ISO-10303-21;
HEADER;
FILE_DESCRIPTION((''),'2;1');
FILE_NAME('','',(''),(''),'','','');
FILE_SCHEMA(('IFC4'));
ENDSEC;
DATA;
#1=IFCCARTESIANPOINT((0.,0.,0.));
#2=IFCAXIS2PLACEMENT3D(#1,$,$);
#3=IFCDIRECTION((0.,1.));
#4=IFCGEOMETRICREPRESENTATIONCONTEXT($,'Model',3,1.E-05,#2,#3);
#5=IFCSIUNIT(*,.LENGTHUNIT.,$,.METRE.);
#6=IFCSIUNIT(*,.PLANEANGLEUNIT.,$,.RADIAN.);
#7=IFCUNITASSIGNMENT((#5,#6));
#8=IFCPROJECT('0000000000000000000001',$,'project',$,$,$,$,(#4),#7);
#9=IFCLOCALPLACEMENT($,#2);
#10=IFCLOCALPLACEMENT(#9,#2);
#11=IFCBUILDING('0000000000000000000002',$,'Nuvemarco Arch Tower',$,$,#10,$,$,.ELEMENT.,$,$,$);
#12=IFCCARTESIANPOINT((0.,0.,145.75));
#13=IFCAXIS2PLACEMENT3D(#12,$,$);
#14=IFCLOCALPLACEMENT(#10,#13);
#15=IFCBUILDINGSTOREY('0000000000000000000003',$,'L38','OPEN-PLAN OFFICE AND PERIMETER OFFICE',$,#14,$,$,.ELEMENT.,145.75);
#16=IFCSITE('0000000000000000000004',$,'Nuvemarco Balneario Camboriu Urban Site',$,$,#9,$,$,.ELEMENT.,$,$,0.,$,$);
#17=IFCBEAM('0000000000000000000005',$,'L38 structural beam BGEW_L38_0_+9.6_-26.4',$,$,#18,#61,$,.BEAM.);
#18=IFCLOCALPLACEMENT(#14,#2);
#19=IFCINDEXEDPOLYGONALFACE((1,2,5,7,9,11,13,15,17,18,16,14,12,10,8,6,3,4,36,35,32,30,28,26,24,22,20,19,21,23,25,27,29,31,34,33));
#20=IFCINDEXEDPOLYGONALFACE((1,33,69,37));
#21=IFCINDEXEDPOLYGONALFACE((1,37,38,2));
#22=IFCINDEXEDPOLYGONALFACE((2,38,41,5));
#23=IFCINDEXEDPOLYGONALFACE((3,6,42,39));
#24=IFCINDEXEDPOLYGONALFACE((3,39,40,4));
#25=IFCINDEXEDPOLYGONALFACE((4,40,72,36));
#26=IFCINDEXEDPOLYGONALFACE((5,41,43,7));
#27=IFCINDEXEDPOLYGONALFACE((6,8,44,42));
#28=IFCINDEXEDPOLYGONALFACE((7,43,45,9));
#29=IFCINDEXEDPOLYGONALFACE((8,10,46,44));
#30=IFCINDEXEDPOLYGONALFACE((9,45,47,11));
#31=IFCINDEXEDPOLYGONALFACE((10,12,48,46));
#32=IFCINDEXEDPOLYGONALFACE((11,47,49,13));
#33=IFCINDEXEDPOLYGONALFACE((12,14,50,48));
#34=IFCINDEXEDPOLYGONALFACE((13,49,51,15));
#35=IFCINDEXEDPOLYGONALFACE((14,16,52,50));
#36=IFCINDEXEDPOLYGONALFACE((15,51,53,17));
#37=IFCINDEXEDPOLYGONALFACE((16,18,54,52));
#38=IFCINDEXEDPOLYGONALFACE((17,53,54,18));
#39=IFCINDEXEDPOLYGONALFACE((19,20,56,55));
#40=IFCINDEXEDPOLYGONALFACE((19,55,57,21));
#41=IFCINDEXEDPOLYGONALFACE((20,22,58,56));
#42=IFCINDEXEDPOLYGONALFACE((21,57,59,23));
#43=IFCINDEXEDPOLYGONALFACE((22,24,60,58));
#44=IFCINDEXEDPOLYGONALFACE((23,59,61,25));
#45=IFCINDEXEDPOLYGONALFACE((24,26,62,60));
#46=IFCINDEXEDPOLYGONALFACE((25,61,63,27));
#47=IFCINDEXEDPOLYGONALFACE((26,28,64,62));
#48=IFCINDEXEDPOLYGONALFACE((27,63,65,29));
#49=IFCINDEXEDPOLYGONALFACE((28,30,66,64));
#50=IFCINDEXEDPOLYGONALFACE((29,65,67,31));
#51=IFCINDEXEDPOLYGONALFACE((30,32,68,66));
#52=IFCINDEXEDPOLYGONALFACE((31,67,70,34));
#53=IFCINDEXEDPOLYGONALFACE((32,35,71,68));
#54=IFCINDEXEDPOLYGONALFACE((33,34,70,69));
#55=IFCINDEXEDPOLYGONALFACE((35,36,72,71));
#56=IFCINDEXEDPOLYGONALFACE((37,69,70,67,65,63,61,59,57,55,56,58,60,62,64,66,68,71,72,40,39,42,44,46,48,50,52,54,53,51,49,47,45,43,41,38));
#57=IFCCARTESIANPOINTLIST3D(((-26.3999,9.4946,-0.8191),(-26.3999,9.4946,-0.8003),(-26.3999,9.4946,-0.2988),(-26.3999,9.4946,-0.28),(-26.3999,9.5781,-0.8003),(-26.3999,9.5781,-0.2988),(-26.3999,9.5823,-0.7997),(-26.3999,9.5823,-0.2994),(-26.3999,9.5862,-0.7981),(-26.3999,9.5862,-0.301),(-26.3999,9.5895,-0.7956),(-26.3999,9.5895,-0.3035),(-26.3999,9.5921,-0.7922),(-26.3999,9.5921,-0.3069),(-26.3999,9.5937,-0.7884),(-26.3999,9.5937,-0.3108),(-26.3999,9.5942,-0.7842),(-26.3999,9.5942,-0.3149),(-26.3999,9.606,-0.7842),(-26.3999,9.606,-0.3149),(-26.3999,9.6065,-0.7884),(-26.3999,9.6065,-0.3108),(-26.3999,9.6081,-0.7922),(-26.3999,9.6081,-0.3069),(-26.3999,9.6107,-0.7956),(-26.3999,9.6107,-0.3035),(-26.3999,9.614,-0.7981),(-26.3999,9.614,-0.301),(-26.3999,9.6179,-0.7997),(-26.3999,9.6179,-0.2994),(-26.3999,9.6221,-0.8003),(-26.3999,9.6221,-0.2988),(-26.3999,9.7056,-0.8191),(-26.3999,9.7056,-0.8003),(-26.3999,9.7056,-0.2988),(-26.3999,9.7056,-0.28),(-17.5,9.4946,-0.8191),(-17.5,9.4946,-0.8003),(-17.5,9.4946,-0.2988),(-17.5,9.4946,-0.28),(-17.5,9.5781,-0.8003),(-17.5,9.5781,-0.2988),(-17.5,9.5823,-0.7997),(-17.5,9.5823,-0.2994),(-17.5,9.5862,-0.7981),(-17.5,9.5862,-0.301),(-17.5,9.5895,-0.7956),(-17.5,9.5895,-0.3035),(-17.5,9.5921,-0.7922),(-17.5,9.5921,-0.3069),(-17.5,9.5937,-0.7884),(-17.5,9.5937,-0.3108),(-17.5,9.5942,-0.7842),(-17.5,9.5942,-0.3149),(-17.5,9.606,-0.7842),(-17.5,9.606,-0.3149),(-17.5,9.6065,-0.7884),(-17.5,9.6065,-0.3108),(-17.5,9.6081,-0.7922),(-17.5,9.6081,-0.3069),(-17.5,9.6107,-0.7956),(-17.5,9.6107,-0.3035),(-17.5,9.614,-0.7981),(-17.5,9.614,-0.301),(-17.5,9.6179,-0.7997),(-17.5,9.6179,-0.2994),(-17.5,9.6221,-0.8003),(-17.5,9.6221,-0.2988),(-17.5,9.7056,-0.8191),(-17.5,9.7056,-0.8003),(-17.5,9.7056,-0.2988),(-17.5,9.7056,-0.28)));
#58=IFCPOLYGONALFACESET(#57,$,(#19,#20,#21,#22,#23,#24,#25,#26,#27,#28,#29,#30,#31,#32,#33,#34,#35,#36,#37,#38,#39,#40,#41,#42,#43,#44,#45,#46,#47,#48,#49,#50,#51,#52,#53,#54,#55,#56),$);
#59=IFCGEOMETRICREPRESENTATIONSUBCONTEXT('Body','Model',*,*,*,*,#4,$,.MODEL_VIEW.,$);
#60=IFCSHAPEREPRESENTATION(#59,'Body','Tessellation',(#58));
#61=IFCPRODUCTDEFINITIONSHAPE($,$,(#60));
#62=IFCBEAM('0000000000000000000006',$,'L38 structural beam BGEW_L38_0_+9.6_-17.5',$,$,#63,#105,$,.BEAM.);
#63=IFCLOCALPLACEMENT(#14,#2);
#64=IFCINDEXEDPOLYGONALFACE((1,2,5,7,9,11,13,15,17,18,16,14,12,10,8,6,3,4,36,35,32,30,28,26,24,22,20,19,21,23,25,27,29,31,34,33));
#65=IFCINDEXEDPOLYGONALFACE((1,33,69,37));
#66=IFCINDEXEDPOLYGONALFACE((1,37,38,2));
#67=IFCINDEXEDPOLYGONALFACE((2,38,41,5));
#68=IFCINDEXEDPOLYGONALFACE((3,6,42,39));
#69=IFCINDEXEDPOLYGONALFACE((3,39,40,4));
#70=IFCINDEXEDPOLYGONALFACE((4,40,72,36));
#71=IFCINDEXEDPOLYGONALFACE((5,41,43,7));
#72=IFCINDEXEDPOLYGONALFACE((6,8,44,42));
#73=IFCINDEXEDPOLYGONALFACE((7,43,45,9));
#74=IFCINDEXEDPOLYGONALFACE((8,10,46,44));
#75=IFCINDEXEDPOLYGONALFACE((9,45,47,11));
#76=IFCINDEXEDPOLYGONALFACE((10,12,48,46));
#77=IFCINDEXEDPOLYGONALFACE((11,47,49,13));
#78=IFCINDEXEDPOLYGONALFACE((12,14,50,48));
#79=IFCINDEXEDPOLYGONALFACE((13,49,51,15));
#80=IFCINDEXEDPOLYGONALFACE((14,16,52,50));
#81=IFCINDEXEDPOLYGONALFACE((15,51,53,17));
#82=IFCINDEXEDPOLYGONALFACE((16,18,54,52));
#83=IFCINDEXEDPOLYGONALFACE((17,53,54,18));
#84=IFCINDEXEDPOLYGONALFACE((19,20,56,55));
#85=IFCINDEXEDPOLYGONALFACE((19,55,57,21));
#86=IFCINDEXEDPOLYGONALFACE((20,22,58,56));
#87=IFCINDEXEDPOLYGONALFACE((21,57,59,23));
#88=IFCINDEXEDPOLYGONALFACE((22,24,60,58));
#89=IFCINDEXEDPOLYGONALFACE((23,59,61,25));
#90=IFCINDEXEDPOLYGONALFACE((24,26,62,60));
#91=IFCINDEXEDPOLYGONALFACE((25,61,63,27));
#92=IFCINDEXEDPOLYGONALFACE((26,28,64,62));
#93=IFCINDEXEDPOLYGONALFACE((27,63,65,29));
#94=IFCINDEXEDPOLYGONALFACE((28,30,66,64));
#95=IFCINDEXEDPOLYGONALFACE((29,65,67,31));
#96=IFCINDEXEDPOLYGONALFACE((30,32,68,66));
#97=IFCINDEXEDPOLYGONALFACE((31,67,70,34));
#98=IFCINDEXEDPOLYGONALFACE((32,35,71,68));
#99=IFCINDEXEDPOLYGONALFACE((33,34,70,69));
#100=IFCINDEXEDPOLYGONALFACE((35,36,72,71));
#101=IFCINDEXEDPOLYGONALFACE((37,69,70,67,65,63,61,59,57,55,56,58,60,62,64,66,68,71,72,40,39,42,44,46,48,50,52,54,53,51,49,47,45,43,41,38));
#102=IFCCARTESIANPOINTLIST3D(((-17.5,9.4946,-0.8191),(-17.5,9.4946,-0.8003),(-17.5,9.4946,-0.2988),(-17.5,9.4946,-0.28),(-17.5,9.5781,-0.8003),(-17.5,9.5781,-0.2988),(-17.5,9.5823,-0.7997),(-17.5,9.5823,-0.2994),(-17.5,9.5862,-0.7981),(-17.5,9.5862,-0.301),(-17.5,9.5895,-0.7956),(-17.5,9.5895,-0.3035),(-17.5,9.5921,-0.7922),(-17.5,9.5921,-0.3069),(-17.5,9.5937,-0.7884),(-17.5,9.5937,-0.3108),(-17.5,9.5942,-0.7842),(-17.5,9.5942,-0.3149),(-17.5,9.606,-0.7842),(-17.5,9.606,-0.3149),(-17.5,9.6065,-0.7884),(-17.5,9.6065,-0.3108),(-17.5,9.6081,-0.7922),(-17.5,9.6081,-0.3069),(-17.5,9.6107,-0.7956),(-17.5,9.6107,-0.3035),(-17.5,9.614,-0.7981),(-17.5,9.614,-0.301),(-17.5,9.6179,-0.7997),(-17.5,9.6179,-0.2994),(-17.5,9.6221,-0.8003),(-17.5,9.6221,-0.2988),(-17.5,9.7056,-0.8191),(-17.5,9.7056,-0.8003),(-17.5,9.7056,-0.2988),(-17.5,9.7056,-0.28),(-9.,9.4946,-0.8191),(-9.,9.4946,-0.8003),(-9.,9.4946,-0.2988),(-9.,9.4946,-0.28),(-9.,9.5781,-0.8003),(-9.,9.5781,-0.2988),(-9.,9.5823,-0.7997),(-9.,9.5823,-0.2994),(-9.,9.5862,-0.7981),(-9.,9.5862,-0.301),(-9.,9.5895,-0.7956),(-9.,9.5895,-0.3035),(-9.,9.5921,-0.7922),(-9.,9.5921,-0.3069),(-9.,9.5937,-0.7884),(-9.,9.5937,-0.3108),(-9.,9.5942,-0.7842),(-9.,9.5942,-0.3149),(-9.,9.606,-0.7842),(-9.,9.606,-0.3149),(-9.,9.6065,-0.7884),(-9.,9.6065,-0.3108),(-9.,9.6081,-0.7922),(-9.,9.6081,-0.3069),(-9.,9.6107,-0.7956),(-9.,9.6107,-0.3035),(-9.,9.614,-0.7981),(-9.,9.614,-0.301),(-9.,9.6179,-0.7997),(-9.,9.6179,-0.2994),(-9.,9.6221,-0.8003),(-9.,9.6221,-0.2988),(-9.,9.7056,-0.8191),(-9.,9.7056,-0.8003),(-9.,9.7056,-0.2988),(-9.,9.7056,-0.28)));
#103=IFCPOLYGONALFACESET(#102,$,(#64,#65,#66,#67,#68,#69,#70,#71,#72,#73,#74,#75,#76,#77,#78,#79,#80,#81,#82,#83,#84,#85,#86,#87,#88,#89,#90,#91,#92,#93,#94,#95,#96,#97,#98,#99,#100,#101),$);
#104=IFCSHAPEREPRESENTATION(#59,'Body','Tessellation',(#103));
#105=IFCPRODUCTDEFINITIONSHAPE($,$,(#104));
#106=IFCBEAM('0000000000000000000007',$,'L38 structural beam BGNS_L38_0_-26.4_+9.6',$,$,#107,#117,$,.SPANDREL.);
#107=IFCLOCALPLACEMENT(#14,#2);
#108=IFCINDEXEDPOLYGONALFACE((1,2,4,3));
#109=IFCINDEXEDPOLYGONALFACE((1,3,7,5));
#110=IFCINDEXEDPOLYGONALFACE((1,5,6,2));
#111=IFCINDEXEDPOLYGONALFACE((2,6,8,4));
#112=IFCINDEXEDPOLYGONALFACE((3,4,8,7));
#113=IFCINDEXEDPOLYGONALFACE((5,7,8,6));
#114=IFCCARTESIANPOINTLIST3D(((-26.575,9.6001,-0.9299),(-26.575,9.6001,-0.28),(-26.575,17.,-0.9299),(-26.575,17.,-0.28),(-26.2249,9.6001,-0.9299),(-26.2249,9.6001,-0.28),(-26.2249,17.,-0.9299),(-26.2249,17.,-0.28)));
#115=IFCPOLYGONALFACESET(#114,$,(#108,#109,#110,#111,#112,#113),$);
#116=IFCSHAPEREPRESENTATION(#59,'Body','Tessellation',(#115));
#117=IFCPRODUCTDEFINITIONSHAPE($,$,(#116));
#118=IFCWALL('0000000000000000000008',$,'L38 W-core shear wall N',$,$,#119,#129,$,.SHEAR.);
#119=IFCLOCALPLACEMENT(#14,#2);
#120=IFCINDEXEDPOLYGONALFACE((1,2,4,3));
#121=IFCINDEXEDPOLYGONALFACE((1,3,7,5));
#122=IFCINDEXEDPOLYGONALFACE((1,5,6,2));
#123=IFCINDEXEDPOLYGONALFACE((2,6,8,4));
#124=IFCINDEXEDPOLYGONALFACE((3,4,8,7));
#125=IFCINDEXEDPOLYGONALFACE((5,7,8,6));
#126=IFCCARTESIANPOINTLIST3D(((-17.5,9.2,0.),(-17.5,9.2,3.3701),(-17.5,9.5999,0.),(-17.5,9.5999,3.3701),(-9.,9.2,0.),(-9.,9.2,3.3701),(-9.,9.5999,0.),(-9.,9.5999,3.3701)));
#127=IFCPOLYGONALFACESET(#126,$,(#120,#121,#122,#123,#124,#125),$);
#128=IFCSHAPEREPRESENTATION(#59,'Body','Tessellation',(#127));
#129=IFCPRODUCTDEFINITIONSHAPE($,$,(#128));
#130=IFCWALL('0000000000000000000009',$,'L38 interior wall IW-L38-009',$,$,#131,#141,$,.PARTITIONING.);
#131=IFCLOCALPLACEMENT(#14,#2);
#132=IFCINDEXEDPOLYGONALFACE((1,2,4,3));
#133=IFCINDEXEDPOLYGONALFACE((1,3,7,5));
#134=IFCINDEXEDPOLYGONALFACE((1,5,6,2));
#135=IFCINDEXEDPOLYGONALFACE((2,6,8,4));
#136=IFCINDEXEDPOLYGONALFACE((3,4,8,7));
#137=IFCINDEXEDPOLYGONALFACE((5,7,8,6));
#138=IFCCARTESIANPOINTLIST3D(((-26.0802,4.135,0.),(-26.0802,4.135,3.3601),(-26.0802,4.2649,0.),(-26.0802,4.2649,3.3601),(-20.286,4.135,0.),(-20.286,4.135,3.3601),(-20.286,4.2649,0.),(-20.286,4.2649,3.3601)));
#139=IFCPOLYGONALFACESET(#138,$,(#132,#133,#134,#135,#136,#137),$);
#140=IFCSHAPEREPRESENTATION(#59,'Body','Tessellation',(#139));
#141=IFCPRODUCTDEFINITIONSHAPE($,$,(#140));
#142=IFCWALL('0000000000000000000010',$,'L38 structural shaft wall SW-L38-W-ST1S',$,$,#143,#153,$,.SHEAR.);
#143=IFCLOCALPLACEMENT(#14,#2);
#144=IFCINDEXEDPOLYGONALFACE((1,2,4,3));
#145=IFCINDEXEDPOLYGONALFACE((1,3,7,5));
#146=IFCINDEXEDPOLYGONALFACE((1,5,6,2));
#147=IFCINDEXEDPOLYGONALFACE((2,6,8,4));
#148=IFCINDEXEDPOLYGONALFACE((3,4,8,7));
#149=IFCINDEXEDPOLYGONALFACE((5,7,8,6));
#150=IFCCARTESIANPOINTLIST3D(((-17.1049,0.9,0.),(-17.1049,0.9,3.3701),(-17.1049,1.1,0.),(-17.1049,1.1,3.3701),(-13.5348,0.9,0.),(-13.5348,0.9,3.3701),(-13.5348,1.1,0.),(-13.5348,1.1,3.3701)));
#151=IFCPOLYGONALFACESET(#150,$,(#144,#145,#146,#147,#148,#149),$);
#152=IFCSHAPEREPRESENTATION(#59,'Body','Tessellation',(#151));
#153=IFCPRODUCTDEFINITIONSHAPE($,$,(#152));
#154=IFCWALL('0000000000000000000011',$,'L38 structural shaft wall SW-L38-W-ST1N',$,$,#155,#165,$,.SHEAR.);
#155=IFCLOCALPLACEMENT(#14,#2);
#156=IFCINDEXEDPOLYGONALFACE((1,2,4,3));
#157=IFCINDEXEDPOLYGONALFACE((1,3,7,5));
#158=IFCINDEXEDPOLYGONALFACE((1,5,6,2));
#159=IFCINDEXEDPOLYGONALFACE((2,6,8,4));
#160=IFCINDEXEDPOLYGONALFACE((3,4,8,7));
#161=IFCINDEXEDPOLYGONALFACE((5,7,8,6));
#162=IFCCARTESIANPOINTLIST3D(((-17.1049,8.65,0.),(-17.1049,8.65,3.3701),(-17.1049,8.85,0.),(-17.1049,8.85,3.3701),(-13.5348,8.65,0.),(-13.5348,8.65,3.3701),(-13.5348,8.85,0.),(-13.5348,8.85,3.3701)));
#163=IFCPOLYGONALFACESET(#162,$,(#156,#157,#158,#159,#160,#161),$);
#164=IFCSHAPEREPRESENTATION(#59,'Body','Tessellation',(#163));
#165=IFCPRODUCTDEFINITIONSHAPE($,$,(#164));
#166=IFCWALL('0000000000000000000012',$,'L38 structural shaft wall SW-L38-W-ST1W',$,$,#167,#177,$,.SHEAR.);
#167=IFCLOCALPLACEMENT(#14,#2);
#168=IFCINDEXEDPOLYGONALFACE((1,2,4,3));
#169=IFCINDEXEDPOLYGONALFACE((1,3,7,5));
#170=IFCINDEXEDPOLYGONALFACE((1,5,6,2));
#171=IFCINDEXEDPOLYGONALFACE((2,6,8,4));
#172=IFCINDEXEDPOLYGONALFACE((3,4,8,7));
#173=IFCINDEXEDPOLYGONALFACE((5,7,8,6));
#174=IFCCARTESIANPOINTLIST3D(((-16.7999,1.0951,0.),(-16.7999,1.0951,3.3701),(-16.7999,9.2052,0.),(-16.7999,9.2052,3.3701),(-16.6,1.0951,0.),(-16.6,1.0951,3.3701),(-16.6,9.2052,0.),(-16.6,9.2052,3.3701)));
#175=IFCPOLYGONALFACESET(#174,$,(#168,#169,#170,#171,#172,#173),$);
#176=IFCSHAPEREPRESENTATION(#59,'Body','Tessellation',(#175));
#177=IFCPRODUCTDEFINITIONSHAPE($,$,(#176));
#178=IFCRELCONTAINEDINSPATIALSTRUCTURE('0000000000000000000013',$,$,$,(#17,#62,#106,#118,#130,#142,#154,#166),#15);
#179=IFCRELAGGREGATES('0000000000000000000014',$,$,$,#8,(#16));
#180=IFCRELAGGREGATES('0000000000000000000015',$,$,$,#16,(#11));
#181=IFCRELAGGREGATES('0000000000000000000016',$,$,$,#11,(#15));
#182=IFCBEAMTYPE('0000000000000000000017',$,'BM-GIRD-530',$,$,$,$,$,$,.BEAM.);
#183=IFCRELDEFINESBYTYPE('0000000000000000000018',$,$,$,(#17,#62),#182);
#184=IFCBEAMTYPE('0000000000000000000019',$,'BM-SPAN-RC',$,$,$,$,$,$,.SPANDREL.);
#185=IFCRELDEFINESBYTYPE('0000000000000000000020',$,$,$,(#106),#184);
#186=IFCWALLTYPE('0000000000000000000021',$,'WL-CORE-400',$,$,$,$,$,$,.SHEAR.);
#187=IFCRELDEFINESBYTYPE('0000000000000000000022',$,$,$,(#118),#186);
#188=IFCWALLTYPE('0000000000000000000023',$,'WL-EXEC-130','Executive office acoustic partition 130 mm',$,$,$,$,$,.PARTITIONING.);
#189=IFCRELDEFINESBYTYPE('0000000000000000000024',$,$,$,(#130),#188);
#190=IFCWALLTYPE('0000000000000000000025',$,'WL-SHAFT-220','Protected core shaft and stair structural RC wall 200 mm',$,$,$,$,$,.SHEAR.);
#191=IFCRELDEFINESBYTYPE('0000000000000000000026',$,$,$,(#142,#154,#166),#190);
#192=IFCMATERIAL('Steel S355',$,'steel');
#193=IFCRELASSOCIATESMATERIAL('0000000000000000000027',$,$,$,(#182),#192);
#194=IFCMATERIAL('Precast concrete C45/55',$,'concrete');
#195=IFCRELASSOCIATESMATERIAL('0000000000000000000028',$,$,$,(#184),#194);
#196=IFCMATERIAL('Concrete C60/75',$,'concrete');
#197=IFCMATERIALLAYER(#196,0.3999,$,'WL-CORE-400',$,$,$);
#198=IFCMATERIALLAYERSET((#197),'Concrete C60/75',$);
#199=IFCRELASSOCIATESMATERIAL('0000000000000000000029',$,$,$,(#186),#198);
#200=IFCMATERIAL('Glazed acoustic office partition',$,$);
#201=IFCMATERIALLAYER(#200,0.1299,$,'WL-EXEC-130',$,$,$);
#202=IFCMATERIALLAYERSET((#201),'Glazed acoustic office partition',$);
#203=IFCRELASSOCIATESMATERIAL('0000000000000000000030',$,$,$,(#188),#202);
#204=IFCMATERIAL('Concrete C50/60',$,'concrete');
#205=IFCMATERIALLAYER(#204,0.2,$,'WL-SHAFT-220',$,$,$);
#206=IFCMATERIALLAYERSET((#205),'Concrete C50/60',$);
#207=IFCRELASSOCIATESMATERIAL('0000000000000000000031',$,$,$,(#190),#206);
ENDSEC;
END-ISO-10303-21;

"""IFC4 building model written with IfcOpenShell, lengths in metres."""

from ifc_helpers import new_model, si_unit, direction, frame, frame_2d, origin, origin_2d, place, context, subcontext, project, spatial, rectangle, i_section, extrude, material, layer, layer_set, material_profile, profile_set, type_object, element, save


model = new_model("IFC4")

# Units and contexts
model_context = context("Model", 3, precision=1e-05, world=origin(), true_north=direction((0.0, 1.0)))
body_context = subcontext(model_context, "Body", "Model", "MODEL_VIEW")
ifc_project = project(units=[si_unit("LENGTHUNIT", "METRE"), si_unit("PLANEANGLEUNIT", "RADIAN")], contexts=[model_context])

# Site, building, storey
site_placement = place(None, origin())
site = spatial("IfcSite", under=ifc_project, at=site_placement, Name="Nuvemarco Balneario Camboriu Urban Site", CompositionType="ELEMENT", RefElevation=0.0)
building_placement = place(site_placement, origin())
building = spatial("IfcBuilding", under=site, at=building_placement, Name="Nuvemarco Arch Tower", CompositionType="ELEMENT")
storey_placement = place(building_placement, frame((0.0, 0.0, 145.75)))
storey = spatial("IfcBuildingStorey", under=building, at=storey_placement, Name="L38", Description="OPEN-PLAN OFFICE AND PERIMETER OFFICE", CompositionType="ELEMENT", Elevation=145.75)

# Shared definitions
ifc_material_1 = material(Name="Concrete C50/60", Category="concrete")
ifc_material_2 = material(Name="Steel S355", Category="steel")

# Beams
ifc_material_profile_1 = material_profile(ifc_material_2, i_section(OverallWidth=0.2109, OverallDepth=0.5391, WebThickness=0.0117, FlangeThickness=0.0188, FilletRadius=0.0161, at=origin_2d()), Name="W530x109")
ifc_profile_set_1 = profile_set([ifc_material_profile_1], Name="Steel S355")
beam_type_1 = type_object("IfcBeamType", Name="BM-GIRD-530", PredefinedType="BEAM", material=ifc_profile_set_1)
beam_1_placement = place(storey_placement, frame((-26.3999, 9.6001, -0.5496), z_axis=(1.0, 0.0, 0.0), x_axis=(0.0, 1.0, 0.0)))
element("IfcBeam", 1, at=beam_1_placement, inside=storey, type_object=beam_type_1, Name="L38 structural beam BGEW_L38_0_+9.6_-26.4", PredefinedType="BEAM", context=body_context, shape_type="SweptSolid", body=[
    extrude(i_section(OverallWidth=0.2109, OverallDepth=0.5391, WebThickness=0.0117, FlangeThickness=0.0188, FilletRadius=0.0161, at=origin_2d()), origin(), (0.0, 0.0, 1.0), 8.8999),
])
beam_2_placement = place(storey_placement, frame((-17.5, 9.6001, -0.5496), z_axis=(1.0, 0.0, 0.0), x_axis=(0.0, 1.0, 0.0)))
element("IfcBeam", 2, at=beam_2_placement, inside=storey, type_object=beam_type_1, Name="L38 structural beam BGEW_L38_0_+9.6_-17.5", PredefinedType="BEAM", context=body_context, shape_type="SweptSolid", body=[
    extrude(i_section(OverallWidth=0.2109, OverallDepth=0.5391, WebThickness=0.0117, FlangeThickness=0.0188, FilletRadius=0.0161, at=origin_2d()), origin(), (0.0, 0.0, 1.0), 8.5),
])
ifc_material_3 = material(Name="Precast concrete C45/55", Category="concrete")
ifc_material_profile_2 = material_profile(ifc_material_3, rectangle(XDim=0.3501, YDim=0.6499, at=origin_2d()), Name="PC-SP-350x650")
ifc_profile_set_2 = profile_set([ifc_material_profile_2], Name="Precast concrete C45/55")
beam_type_2 = type_object("IfcBeamType", Name="BM-SPAN-RC", PredefinedType="SPANDREL", material=ifc_profile_set_2)
beam_3_placement = place(storey_placement, frame((-26.3999, 9.6001, -0.605), z_axis=(0.0, 1.0, 0.0), x_axis=(-1.0, 0.0, 0.0)))
element("IfcBeam", 3, at=beam_3_placement, inside=storey, type_object=beam_type_2, Name="L38 structural beam BGNS_L38_0_-26.4_+9.6", PredefinedType="SPANDREL", context=body_context, shape_type="SweptSolid", body=[
    extrude(rectangle(XDim=0.3501, YDim=0.6499, at=origin_2d()), origin(), (0.0, 0.0, 1.0), 7.3999),
])

# Walls
ifc_material_4 = material(Name="Concrete C60/75", Category="concrete")
ifc_layer_1 = layer(ifc_material_4, 0.3999, Name="WL-CORE-400")
ifc_layer_set_1 = layer_set([ifc_layer_1], Name="Concrete C60/75")
wall_type_1 = type_object("IfcWallType", Name="WL-CORE-400", PredefinedType="SHEAR", material=ifc_layer_set_1)
wall_1_placement = place(storey_placement, frame((-17.5, 9.3999, 0.0), z_axis=(0.0, 0.0, 1.0), x_axis=(1.0, 0.0, 0.0)))
element("IfcWall", 4, at=wall_1_placement, inside=storey, type_object=wall_type_1, Name="L38 W-core shear wall N", PredefinedType="SHEAR", context=body_context, shape_type="SweptSolid", body=[
    extrude(rectangle(XDim=8.5, YDim=0.3999, at=frame_2d((4.25, 0.0))), origin(), (0.0, 0.0, 1.0), 3.3701),
])
ifc_material_5 = material(Name="Glazed acoustic office partition")
ifc_layer_2 = layer(ifc_material_5, 0.1299, Name="WL-EXEC-130")
ifc_layer_set_2 = layer_set([ifc_layer_2], Name="Glazed acoustic office partition")
wall_type_2 = type_object("IfcWallType", Name="WL-EXEC-130", Description="Executive office acoustic partition 130 mm", PredefinedType="PARTITIONING", material=ifc_layer_set_2)
wall_2_placement = place(storey_placement, frame((-26.0801, 4.2, 0.0), z_axis=(0.0, 0.0, 1.0), x_axis=(1.0, 0.0, 0.0)))
element("IfcWall", 5, at=wall_2_placement, inside=storey, type_object=wall_type_2, Name="L38 interior wall IW-L38-009", PredefinedType="PARTITIONING", context=body_context, shape_type="SweptSolid", body=[
    extrude(rectangle(XDim=5.7942, YDim=0.1299, at=frame_2d((2.897, 0.0))), origin(), (0.0, 0.0, 1.0), 3.3601),
])
ifc_layer_3 = layer(ifc_material_1, 0.2, Name="WL-SHAFT-220")
ifc_layer_set_3 = layer_set([ifc_layer_3], Name="Concrete C50/60")
wall_type_3 = type_object("IfcWallType", Name="WL-SHAFT-220", Description="Protected core shaft and stair structural RC wall 200 mm", PredefinedType="SHEAR", material=ifc_layer_set_3)
for number, where, z_axis, x_axis, name in (
    (6, (-17.105, 1.0, 0.0), (0.0, 0.0, 1.0), (1.0, 0.0, 0.0), "L38 structural shaft wall SW-L38-W-ST1S"),
    (7, (-17.105, 8.75, 0.0), (0.0, 0.0, 1.0), (1.0, 0.0, 0.0), "L38 structural shaft wall SW-L38-W-ST1N"),
):
    element("IfcWall", number, at=place(storey_placement, frame(where, z_axis=z_axis, x_axis=x_axis)), inside=storey, type_object=wall_type_3, Name=name, PredefinedType="SHEAR", context=body_context, shape_type="SweptSolid", body=[
        extrude(rectangle(XDim=3.5701, YDim=0.2, at=frame_2d((1.7852, 0.0))), origin(), (0.0, 0.0, 1.0), 3.3701),
    ])
wall_3_placement = place(storey_placement, frame((-16.7, 1.095, 0.0), z_axis=(0.0, 0.0, 1.0), x_axis=(0.0, 1.0, 0.0)))
element("IfcWall", 8, at=wall_3_placement, inside=storey, type_object=wall_type_3, Name="L38 structural shaft wall SW-L38-W-ST1W", PredefinedType="SHEAR", context=body_context, shape_type="SweptSolid", body=[
    extrude(rectangle(XDim=8.1101, YDim=0.2, at=frame_2d((4.0552, 0.0))), origin(), (0.0, 0.0, 1.0), 3.3701),
])

save(model, "model.ifc")
